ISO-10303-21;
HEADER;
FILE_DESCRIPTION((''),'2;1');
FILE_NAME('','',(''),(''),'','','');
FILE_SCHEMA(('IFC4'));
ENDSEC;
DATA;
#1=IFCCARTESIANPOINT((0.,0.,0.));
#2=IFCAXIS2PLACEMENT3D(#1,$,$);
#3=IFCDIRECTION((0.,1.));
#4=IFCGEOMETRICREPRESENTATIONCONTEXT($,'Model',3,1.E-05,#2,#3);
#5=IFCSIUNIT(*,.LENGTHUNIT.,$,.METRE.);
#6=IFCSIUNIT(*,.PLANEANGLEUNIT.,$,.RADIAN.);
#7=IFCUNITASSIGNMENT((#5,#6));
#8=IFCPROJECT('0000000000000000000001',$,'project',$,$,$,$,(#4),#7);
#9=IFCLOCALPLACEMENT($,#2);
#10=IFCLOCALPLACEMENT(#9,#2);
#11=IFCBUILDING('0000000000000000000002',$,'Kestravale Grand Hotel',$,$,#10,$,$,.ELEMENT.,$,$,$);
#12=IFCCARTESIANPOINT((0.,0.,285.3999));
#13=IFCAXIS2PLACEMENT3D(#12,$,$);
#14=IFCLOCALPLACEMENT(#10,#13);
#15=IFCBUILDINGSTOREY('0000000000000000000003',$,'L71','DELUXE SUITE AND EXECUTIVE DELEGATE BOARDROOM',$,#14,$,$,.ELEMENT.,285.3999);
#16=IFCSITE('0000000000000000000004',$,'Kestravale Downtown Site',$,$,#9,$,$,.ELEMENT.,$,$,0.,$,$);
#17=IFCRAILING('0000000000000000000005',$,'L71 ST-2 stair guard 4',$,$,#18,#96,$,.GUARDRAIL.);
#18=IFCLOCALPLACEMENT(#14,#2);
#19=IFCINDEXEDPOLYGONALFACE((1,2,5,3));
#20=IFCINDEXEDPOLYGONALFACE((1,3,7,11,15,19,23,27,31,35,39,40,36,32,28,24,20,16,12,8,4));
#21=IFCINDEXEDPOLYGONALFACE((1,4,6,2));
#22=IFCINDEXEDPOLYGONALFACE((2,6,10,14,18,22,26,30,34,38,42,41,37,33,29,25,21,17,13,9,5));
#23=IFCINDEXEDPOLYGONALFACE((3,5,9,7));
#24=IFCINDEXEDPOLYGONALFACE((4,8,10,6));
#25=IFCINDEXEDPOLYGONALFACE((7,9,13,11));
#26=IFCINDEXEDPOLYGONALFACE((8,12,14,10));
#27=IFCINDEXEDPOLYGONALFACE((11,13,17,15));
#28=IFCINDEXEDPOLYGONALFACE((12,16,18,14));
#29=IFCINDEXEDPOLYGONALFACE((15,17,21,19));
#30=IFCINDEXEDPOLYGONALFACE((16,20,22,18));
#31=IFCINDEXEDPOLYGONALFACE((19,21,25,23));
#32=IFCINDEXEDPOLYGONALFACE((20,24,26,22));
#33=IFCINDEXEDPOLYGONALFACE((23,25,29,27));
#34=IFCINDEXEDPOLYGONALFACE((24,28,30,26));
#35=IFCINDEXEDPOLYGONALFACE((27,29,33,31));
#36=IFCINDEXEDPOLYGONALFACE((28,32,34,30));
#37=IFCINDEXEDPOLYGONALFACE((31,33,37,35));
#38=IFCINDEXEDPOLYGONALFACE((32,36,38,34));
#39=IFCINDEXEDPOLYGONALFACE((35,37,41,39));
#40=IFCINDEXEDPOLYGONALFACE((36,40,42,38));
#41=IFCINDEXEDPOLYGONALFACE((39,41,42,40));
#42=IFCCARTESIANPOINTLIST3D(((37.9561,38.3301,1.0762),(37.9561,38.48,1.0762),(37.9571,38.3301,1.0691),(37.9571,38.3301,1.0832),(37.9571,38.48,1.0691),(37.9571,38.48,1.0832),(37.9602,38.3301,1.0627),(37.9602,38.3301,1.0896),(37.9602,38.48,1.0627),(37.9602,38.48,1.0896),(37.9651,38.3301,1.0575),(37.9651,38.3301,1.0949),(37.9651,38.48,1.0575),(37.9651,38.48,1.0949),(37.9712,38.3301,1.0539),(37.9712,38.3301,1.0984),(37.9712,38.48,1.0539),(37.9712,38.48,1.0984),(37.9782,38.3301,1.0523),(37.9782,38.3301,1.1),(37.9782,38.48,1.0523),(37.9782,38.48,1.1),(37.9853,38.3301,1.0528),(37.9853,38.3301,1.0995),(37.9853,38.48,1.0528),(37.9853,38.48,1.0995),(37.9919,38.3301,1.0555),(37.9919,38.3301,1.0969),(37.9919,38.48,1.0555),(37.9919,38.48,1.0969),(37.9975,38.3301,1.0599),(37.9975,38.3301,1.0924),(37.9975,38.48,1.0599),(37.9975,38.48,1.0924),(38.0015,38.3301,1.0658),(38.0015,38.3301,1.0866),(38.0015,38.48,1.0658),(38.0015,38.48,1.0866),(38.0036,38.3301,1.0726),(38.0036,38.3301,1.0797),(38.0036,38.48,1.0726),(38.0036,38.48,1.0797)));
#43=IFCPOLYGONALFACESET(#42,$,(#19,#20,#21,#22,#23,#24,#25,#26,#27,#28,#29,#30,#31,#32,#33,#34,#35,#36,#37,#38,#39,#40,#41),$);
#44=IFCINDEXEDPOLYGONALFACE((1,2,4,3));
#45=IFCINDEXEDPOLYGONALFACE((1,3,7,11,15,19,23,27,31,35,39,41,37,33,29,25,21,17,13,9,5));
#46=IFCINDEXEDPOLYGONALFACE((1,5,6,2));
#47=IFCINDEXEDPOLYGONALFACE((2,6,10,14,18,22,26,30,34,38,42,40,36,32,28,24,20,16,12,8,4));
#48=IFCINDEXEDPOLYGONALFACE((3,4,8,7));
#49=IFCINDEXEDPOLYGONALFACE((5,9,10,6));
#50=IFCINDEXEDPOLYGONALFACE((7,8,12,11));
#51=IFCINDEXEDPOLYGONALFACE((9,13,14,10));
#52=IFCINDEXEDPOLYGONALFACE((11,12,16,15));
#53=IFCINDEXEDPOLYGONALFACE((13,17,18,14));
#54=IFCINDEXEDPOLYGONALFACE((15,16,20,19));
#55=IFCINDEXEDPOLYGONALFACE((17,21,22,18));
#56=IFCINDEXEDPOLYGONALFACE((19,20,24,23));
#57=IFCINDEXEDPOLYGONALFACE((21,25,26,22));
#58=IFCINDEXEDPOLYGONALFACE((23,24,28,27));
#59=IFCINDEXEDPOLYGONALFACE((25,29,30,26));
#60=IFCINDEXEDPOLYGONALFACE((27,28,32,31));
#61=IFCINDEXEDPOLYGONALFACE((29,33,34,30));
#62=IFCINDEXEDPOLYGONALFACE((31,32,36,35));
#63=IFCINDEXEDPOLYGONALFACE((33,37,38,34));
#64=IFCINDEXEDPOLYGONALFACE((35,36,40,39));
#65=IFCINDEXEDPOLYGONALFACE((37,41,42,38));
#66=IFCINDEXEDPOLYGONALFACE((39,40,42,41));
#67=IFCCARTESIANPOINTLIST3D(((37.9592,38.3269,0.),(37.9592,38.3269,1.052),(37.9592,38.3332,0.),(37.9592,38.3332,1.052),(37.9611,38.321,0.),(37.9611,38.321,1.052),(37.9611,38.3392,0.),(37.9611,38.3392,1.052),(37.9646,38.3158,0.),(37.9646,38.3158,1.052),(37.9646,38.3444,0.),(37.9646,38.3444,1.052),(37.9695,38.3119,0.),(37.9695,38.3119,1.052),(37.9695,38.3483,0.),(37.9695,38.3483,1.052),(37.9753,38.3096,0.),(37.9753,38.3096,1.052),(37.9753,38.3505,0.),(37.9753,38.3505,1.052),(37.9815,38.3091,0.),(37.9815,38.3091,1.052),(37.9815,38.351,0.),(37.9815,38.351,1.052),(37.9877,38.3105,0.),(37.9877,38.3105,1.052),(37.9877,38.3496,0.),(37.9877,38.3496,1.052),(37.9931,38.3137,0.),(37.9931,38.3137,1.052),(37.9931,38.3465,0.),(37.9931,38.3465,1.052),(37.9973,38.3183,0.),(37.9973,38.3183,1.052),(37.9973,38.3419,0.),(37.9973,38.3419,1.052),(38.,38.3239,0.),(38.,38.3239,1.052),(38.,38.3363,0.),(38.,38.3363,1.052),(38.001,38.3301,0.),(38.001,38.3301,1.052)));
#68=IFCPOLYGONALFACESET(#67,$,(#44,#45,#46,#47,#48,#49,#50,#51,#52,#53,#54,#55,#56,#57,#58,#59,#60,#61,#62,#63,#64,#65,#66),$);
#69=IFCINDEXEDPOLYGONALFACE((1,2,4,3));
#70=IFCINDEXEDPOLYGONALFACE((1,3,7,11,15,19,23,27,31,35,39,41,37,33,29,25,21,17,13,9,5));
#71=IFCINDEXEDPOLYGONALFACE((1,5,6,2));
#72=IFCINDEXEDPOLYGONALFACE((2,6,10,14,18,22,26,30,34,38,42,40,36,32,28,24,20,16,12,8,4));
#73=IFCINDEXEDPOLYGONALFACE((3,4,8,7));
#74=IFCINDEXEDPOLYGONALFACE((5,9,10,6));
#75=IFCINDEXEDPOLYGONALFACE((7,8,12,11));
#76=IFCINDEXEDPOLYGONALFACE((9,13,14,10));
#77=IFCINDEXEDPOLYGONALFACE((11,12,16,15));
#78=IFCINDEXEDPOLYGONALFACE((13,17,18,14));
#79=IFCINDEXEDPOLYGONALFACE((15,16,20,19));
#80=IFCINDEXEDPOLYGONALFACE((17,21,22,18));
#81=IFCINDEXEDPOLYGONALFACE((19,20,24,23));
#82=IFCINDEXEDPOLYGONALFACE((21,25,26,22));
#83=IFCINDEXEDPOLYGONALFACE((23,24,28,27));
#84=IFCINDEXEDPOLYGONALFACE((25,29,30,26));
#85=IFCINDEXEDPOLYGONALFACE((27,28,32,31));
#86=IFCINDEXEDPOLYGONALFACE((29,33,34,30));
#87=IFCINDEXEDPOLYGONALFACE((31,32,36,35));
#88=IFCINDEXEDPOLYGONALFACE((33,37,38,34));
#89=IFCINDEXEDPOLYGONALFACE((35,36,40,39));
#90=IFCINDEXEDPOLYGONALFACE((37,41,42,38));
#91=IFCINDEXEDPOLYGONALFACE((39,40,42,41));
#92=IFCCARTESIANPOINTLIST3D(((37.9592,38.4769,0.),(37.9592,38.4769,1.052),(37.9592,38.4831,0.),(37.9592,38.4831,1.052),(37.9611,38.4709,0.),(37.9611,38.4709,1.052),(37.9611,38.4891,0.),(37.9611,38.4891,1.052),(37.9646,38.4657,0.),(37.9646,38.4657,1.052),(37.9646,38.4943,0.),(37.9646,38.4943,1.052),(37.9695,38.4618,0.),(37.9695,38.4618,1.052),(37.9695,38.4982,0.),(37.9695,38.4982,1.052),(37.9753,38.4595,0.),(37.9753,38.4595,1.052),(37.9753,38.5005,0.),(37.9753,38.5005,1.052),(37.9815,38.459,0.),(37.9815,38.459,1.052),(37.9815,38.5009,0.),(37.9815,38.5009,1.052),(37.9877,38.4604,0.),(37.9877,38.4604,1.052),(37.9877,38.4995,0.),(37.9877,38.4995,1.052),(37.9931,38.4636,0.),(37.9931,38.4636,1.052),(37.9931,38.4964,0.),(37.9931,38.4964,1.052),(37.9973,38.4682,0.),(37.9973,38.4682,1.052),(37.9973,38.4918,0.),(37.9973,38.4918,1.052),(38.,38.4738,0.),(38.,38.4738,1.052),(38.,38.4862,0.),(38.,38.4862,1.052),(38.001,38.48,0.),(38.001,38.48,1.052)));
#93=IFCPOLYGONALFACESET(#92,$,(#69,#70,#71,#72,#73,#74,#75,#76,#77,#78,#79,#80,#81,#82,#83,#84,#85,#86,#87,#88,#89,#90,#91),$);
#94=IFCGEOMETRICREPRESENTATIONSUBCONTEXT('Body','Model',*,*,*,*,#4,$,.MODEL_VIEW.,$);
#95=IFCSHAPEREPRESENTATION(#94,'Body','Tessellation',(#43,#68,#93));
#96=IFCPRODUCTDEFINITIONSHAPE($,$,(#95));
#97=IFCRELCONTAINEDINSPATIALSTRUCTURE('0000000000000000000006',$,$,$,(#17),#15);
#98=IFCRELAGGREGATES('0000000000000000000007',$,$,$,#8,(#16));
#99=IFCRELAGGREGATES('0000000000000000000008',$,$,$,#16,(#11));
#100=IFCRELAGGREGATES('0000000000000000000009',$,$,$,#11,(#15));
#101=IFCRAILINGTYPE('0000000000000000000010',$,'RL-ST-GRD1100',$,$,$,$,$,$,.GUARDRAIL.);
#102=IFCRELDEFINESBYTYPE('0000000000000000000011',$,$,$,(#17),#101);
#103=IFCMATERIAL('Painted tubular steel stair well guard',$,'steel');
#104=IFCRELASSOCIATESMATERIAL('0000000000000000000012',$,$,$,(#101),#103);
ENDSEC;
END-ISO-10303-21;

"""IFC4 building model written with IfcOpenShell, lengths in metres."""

from ifc_helpers import new_model, si_unit, direction, frame, origin, origin_2d, place, context, subcontext, project, spatial, circle, extrude, material, type_object, element, save


model = new_model("IFC4")

# Units and contexts
model_context = context("Model", 3, precision=1e-05, world=origin(), true_north=direction((0.0, 1.0)))
body_context = subcontext(model_context, "Body", "Model", "MODEL_VIEW")
ifc_project = project(units=[si_unit("LENGTHUNIT", "METRE"), si_unit("PLANEANGLEUNIT", "RADIAN")], contexts=[model_context])

# Site, building, storey
site_placement = place(None, origin())
site = spatial("IfcSite", under=ifc_project, at=site_placement, Name="Kestravale Downtown Site", CompositionType="ELEMENT", RefElevation=0.0)
building_placement = place(site_placement, origin())
building = spatial("IfcBuilding", under=site, at=building_placement, Name="Kestravale Grand Hotel", CompositionType="ELEMENT")
storey_placement = place(building_placement, frame((0.0, 0.0, 285.3999)))
storey = spatial("IfcBuildingStorey", under=building, at=storey_placement, Name="L71", Description="DELUXE SUITE AND EXECUTIVE DELEGATE BOARDROOM", CompositionType="ELEMENT", Elevation=285.3999)

# Railing
ifc_material_1 = material(Name="Painted tubular steel stair well guard", Category="steel")
railing_type_1 = type_object("IfcRailingType", Name="RL-ST-GRD1100", PredefinedType="GUARDRAIL", material=ifc_material_1)
railing_1_placement = place(storey_placement, frame((37.98, 38.3301, 0.0)))
element("IfcRailing", 1, at=railing_1_placement, inside=storey, type_object=railing_type_1, Name="L71 ST-2 stair guard 4", PredefinedType="GUARDRAIL", context=body_context, shape_type="SweptSolid", body=[
    extrude(circle(Radius=0.0239, at=origin_2d()), frame((0.0, 0.0, 1.0762), z_axis=(0.0, 1.0, 0.0), x_axis=(-1.0, 0.0, 0.0)), (0.0, 0.0, 1.0), 0.1499),
    extrude(circle(Radius=0.021, at=origin_2d()), origin(), (0.0, 0.0, 1.0), 1.052),
    extrude(circle(Radius=0.021, at=origin_2d()), frame((0.0, 0.1499, 0.0)), (0.0, 0.0, 1.0), 1.052),
])

save(model, "model.ifc")
